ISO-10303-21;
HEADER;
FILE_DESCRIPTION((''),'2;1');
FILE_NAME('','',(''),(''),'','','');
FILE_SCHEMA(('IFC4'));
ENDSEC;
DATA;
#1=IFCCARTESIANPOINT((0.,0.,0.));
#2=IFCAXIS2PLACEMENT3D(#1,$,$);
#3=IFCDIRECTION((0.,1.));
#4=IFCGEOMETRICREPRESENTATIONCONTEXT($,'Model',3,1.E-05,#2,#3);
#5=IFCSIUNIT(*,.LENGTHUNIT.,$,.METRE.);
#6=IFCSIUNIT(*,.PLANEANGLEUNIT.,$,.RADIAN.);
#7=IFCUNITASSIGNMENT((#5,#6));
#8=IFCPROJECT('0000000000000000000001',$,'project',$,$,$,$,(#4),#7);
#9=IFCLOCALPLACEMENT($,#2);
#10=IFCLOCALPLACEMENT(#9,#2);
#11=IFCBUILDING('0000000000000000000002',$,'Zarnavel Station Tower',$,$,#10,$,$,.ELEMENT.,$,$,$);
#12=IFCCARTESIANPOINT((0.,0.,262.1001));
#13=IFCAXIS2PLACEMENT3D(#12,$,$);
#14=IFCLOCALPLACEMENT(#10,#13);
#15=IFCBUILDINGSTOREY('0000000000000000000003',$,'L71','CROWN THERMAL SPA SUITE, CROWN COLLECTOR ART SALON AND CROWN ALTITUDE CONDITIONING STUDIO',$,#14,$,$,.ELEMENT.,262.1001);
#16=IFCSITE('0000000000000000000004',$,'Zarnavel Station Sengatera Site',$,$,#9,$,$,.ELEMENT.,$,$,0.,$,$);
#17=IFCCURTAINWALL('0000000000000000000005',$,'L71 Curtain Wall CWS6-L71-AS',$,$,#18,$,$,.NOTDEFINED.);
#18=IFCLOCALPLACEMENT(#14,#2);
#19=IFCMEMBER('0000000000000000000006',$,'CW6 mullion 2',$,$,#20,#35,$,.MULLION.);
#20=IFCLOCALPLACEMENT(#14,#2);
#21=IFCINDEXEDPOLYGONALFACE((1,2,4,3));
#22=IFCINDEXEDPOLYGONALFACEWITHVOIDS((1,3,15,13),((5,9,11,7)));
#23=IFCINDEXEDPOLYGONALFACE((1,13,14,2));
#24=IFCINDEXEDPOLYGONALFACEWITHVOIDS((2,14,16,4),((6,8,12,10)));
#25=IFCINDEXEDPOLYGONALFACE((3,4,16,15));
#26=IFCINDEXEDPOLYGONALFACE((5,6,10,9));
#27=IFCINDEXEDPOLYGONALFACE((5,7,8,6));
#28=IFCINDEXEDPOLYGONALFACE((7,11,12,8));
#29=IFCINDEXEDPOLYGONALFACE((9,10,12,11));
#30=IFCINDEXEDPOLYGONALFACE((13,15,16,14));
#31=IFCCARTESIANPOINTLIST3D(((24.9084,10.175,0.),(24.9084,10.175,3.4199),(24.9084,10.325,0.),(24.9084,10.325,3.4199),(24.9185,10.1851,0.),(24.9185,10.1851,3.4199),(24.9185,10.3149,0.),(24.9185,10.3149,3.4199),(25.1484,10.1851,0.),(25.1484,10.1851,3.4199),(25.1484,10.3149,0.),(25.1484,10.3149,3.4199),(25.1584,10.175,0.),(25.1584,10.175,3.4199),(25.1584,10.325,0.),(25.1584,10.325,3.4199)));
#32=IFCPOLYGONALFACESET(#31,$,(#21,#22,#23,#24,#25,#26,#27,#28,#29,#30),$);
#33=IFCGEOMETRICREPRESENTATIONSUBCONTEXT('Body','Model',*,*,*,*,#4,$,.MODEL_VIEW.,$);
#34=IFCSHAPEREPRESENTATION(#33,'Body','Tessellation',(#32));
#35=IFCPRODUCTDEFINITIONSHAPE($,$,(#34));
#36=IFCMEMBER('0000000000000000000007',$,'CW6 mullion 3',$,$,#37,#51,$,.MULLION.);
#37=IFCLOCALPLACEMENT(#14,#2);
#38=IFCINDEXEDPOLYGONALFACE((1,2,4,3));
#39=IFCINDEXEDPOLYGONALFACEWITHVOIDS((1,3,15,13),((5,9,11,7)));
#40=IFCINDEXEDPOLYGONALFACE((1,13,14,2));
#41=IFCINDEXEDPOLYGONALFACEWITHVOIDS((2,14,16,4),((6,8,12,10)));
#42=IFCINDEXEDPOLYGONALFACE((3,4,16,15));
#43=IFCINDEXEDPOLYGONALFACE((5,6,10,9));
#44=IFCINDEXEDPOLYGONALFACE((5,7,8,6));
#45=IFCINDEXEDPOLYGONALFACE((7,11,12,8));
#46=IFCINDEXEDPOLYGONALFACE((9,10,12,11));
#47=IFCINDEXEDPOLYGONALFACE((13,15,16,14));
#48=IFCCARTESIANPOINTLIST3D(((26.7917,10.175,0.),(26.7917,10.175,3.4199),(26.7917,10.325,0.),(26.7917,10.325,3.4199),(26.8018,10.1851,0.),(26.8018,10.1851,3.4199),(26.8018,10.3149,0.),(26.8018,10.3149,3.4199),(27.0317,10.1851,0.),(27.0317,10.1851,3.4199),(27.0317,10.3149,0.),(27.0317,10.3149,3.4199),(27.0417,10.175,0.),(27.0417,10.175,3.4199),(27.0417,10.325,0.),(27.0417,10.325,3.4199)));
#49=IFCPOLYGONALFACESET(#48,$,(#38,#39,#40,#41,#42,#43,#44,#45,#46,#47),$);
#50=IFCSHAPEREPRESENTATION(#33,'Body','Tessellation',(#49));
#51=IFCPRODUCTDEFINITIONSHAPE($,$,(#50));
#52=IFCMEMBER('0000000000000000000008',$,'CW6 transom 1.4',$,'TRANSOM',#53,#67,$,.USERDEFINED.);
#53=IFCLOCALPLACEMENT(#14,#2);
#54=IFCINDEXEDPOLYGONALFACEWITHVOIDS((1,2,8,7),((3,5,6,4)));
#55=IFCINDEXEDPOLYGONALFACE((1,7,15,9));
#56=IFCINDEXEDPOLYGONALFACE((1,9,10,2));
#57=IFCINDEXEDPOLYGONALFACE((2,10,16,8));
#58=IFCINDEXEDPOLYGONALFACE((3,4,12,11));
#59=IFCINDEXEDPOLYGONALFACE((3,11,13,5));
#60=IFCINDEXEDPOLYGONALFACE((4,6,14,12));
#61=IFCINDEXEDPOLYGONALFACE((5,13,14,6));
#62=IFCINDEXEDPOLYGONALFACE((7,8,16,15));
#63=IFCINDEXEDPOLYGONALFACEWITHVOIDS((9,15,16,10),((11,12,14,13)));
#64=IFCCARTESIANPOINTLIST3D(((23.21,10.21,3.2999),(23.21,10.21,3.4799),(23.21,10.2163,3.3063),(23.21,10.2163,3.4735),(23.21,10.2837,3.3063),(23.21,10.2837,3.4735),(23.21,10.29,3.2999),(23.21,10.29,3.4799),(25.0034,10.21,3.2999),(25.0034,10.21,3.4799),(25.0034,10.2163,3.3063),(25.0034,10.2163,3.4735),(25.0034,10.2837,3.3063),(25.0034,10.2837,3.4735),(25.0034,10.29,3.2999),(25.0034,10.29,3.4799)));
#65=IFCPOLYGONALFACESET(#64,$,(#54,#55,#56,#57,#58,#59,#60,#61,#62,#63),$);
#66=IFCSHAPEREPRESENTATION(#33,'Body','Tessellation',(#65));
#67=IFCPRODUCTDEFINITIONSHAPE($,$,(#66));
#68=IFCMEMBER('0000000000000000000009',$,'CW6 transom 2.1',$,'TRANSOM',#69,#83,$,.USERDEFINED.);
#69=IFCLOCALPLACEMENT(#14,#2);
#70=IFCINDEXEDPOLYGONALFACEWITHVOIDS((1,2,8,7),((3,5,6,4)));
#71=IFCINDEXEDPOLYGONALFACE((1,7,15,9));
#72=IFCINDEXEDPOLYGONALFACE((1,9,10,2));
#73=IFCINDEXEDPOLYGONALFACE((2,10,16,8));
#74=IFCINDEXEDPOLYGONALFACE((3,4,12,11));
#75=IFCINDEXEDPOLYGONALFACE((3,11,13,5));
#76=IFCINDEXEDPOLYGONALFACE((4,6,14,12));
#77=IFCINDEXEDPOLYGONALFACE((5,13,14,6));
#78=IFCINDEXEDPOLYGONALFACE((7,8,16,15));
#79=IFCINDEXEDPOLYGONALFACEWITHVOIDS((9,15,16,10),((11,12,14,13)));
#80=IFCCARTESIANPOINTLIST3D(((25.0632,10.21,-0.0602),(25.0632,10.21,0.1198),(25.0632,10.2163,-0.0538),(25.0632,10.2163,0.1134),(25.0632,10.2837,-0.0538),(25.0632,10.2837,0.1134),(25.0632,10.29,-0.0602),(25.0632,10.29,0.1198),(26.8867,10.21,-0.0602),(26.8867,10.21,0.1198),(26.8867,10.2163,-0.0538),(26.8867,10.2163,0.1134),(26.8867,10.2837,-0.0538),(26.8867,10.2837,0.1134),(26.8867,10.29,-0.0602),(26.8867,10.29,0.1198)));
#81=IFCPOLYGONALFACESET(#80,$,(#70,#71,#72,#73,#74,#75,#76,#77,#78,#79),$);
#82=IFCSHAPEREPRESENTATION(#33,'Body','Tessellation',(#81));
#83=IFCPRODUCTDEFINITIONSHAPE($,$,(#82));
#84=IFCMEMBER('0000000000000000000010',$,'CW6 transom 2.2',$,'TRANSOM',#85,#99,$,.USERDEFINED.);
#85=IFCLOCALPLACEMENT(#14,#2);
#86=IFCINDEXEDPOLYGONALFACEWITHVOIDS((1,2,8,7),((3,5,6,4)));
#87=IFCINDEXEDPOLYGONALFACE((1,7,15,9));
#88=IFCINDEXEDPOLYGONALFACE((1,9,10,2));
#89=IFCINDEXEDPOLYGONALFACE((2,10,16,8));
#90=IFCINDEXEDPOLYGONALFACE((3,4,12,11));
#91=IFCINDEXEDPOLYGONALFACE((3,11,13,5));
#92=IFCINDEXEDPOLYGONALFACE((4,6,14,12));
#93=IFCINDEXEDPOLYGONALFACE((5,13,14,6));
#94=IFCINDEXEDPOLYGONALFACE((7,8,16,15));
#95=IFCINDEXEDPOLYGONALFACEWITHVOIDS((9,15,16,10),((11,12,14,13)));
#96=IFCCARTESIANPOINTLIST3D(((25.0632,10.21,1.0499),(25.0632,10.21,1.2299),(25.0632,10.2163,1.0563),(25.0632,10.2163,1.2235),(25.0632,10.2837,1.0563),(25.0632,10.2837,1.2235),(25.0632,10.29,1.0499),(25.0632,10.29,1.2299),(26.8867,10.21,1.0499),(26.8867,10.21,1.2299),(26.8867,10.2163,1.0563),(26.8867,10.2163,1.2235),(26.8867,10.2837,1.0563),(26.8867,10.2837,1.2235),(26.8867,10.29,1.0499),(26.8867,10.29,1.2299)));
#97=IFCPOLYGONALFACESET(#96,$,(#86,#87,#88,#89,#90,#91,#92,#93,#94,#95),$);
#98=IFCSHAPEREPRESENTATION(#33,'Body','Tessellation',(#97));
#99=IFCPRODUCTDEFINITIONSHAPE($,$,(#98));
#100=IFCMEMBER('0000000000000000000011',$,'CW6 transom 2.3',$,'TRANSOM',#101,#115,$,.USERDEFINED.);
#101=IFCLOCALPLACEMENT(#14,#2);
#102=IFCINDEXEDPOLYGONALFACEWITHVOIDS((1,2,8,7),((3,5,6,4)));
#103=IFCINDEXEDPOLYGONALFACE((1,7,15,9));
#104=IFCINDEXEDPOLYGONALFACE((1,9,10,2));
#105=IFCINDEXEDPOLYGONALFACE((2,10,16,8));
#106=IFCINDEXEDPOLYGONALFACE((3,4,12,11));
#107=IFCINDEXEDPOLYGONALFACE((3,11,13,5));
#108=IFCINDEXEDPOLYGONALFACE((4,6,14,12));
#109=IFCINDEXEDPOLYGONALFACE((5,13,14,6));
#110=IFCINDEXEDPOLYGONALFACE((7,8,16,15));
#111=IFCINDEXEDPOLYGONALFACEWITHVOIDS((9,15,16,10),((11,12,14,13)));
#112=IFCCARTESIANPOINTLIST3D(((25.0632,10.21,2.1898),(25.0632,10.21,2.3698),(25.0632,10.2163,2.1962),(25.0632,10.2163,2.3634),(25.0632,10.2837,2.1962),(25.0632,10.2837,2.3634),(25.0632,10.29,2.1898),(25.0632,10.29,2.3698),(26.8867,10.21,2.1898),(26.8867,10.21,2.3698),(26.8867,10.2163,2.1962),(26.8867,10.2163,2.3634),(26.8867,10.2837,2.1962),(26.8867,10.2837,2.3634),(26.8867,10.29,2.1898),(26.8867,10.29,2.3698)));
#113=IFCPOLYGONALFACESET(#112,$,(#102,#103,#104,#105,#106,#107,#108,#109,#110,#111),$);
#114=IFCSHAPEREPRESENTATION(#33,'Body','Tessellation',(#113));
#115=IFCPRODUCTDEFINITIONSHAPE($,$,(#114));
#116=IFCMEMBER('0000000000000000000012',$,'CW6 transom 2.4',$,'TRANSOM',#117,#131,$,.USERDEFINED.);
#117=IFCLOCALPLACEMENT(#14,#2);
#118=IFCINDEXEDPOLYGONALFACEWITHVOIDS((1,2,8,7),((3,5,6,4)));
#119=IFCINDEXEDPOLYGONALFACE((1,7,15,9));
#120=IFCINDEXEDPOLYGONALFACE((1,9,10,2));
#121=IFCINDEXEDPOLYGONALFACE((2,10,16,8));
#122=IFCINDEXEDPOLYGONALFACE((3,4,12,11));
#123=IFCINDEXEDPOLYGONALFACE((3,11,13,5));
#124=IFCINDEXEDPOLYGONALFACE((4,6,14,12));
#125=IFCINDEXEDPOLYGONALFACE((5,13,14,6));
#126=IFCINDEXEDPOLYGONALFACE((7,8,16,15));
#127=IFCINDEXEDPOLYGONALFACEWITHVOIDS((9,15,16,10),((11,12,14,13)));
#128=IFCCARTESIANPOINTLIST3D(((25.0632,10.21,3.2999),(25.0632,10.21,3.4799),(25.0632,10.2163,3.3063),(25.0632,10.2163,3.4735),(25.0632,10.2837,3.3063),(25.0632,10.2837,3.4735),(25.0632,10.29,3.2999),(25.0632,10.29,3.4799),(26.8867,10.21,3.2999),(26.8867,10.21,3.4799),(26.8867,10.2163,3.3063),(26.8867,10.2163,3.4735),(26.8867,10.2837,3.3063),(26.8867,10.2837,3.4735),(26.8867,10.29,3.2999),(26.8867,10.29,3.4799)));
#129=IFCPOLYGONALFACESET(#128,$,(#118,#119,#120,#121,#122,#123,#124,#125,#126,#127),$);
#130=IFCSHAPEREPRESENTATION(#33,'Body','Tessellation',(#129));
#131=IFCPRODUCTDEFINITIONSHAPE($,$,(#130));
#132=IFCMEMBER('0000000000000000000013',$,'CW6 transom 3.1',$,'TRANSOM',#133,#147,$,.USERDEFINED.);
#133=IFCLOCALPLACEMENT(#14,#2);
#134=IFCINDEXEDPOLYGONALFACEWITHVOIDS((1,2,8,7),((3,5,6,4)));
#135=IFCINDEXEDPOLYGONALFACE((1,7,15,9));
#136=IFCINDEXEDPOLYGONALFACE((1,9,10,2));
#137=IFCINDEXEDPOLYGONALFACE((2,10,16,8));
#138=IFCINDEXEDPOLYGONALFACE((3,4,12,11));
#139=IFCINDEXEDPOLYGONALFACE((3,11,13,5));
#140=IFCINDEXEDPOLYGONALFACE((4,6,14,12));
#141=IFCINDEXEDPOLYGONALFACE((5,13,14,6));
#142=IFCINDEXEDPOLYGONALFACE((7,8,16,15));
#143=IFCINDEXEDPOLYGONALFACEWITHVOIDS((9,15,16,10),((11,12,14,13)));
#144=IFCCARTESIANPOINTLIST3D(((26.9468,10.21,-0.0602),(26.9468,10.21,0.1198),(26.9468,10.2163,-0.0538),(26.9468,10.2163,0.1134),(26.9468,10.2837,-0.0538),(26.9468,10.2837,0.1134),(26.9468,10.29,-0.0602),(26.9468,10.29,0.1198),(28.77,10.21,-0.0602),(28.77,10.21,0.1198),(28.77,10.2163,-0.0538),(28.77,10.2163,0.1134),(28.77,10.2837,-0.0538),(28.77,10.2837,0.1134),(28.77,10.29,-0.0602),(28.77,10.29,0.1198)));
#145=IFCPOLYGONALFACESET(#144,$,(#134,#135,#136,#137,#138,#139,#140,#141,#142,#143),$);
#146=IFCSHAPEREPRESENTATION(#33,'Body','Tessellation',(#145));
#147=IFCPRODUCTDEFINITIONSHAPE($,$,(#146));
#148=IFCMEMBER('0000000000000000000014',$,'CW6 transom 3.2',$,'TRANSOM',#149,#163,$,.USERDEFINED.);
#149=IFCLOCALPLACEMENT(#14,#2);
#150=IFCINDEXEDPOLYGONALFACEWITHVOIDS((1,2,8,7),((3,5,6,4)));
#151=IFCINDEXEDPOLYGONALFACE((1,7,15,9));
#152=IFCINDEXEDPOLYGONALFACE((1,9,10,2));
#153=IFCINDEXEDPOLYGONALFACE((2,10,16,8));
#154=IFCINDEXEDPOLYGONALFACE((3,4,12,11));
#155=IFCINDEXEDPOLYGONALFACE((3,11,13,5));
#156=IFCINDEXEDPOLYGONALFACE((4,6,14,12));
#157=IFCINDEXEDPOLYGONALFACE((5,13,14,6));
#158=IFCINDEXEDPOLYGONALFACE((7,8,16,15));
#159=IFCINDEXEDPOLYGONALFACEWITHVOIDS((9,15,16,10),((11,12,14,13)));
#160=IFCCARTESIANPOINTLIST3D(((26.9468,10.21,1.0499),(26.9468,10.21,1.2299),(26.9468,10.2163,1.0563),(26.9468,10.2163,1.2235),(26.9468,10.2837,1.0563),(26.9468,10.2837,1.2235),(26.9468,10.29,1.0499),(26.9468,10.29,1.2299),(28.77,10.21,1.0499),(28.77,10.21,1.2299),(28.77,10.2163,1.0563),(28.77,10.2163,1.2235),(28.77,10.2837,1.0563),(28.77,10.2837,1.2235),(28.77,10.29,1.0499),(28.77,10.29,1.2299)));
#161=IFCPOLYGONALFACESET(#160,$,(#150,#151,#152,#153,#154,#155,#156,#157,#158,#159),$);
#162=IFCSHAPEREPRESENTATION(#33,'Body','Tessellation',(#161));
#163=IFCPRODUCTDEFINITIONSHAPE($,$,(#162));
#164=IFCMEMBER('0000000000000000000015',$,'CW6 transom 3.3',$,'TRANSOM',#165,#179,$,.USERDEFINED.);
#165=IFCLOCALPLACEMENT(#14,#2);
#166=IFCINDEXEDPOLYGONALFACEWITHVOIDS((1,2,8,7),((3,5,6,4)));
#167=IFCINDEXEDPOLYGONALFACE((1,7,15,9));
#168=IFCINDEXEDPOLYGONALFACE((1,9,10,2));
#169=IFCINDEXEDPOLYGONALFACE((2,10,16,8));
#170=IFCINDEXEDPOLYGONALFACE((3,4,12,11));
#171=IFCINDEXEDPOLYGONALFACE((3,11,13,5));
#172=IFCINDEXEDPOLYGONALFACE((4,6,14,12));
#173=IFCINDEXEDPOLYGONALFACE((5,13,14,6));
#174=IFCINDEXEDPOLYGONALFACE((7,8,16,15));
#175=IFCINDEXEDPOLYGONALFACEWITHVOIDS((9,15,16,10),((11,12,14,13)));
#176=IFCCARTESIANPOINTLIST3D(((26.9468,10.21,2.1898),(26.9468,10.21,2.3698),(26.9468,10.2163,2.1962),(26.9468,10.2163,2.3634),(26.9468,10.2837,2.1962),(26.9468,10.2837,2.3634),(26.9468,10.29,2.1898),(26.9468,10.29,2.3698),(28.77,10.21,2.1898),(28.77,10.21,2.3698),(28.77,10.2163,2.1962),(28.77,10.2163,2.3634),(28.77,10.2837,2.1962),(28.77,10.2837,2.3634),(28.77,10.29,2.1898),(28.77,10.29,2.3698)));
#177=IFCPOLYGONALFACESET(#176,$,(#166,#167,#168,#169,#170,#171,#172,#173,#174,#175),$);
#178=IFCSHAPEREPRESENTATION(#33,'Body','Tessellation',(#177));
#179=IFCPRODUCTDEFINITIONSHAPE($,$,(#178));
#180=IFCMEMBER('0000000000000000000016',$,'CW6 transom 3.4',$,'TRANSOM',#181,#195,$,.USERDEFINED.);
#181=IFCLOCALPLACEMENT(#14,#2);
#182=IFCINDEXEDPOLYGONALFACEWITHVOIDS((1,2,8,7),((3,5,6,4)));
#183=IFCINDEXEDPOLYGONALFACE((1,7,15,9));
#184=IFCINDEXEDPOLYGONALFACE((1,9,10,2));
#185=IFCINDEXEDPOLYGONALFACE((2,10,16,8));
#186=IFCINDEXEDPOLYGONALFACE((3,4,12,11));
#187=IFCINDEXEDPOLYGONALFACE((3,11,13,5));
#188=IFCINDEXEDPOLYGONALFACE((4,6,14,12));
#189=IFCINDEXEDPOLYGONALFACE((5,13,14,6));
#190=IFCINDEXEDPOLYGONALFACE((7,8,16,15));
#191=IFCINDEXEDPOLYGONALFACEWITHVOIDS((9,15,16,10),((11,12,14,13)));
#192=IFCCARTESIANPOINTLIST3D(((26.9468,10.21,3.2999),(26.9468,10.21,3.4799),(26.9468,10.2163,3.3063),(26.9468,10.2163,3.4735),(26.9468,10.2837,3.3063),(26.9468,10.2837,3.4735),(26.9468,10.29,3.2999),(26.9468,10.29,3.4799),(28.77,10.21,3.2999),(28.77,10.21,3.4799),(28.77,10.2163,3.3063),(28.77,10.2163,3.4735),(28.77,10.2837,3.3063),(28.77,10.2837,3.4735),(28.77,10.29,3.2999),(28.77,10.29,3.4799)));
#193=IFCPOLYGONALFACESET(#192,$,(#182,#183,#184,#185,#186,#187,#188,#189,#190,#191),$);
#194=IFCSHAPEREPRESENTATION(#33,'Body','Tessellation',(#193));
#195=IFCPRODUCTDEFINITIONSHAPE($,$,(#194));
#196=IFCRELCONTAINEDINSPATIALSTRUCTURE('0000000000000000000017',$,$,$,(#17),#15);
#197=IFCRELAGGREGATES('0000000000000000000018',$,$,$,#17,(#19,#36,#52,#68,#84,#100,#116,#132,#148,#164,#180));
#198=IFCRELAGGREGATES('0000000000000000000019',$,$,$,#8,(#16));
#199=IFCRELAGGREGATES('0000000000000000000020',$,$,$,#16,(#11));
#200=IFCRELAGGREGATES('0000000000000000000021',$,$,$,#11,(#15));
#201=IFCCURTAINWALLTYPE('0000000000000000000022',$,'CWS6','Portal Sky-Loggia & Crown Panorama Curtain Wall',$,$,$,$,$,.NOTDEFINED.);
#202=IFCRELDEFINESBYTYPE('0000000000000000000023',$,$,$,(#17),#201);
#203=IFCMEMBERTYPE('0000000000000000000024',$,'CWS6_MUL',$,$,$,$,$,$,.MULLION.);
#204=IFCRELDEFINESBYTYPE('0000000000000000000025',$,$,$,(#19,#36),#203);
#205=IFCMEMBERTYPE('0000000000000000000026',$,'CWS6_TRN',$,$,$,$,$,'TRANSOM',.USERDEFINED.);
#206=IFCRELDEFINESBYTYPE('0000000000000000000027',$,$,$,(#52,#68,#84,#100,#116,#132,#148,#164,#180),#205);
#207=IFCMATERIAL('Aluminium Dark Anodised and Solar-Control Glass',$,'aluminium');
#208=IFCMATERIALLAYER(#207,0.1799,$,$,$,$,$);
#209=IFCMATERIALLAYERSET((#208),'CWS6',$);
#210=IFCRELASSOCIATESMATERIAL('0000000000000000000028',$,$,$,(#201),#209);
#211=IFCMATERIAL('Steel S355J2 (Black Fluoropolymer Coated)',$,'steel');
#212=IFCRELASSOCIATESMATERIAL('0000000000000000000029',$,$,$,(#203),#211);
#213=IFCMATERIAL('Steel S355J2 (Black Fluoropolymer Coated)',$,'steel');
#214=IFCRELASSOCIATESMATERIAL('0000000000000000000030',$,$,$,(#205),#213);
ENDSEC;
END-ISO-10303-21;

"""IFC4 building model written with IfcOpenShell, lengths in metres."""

from ifc_helpers import new_model, si_unit, direction, frame, origin, origin_2d, place, context, subcontext, project, spatial, hollow_rectangle, extrude, material, layer, layer_set, material_profile, profile_set, type_object, element, aggregate, save


model = new_model("IFC4")

# Units and contexts
model_context = context("Model", 3, precision=1e-05, world=origin(), true_north=direction((0.0, 1.0)))
body_context = subcontext(model_context, "Body", "Model", "MODEL_VIEW")
ifc_project = project(units=[si_unit("LENGTHUNIT", "METRE"), si_unit("PLANEANGLEUNIT", "RADIAN")], contexts=[model_context])

# Site, building, storey
site_placement = place(None, origin())
site = spatial("IfcSite", under=ifc_project, at=site_placement, Name="Zarnavel Station Sengatera Site", CompositionType="ELEMENT", RefElevation=0.0)
building_placement = place(site_placement, origin())
building = spatial("IfcBuilding", under=site, at=building_placement, Name="Zarnavel Station Tower", CompositionType="ELEMENT")
storey_placement = place(building_placement, frame((0.0, 0.0, 262.1001)))
storey = spatial("IfcBuildingStorey", under=building, at=storey_placement, Name="L71", Description="CROWN THERMAL SPA SUITE, CROWN COLLECTOR ART SALON AND CROWN ALTITUDE CONDITIONING STUDIO", CompositionType="ELEMENT", Elevation=262.1001)

# Curtain wall, members
ifc_material_1 = material(Name="Aluminium Dark Anodised and Solar-Control Glass", Category="aluminium")
ifc_layer_1 = layer(ifc_material_1, 0.1799)
ifc_layer_set_1 = layer_set([ifc_layer_1], Name="CWS6")
curtain_wall_type = type_object("IfcCurtainWallType", Name="CWS6", Description="Portal Sky-Loggia & Crown Panorama Curtain Wall", PredefinedType="NOTDEFINED", material=ifc_layer_set_1)
curtain_wall_placement = place(storey_placement, origin())
curtain_wall = element("IfcCurtainWall", 1, at=curtain_wall_placement, inside=storey, type_object=curtain_wall_type, Name="L71 Curtain Wall CWS6-L71-AS", PredefinedType="NOTDEFINED")
ifc_material_2 = material(Name="Steel S355J2 (Black Fluoropolymer Coated)", Category="steel")
ifc_material_profile_1 = material_profile(ifc_material_2, hollow_rectangle(XDim=0.1499, YDim=0.25, WallThickness=0.01, at=origin_2d()), Name="RHS250x150x10")
ifc_profile_set_1 = profile_set([ifc_material_profile_1], Name="Steel S355J2 (Black Fluoropolymer Coated)")
member_type_1 = type_object("IfcMemberType", Name="CWS6_MUL", PredefinedType="MULLION", material=ifc_profile_set_1)
member_1_placement = place(storey_placement, frame((25.0334, 10.25, 0.0), z_axis=(0.0, 0.0, 1.0), x_axis=(0.0, 1.0, 0.0)))
member_1 = element("IfcMember", 2, at=member_1_placement, type_object=member_type_1, Name="CW6 mullion 2", PredefinedType="MULLION", context=body_context, shape_type="SweptSolid", body=[
    extrude(hollow_rectangle(XDim=0.1499, YDim=0.25, WallThickness=0.01, at=origin_2d()), origin(), (0.0, 0.0, 1.0), 3.4199),
])
member_2_placement = place(storey_placement, frame((26.9167, 10.25, 0.0), z_axis=(0.0, 0.0, 1.0), x_axis=(0.0, 1.0, 0.0)))
member_2 = element("IfcMember", 3, at=member_2_placement, type_object=member_type_1, Name="CW6 mullion 3", PredefinedType="MULLION", context=body_context, shape_type="SweptSolid", body=[
    extrude(hollow_rectangle(XDim=0.1499, YDim=0.25, WallThickness=0.01, at=origin_2d()), origin(), (0.0, 0.0, 1.0), 3.4199),
])
ifc_material_3 = material(Name="Steel S355J2 (Black Fluoropolymer Coated)", Category="steel")
ifc_material_profile_2 = material_profile(ifc_material_3, hollow_rectangle(XDim=0.0801, YDim=0.1799, WallThickness=0.0063, at=origin_2d()), Name="RHS180x80x6.3")
ifc_profile_set_2 = profile_set([ifc_material_profile_2], Name="Steel S355J2 (Black Fluoropolymer Coated)")
member_type_2 = type_object("IfcMemberType", Name="CWS6_TRN", ElementType="TRANSOM", PredefinedType="USERDEFINED", material=ifc_profile_set_2)
member_3_placement = place(storey_placement, frame((23.21, 10.25, 3.3899), z_axis=(1.0, 0.0, 0.0), x_axis=(0.0, 1.0, 0.0)))
member_3 = element("IfcMember", 4, at=member_3_placement, type_object=member_type_2, Name="CW6 transom 1.4", ObjectType="TRANSOM", PredefinedType="USERDEFINED", context=body_context, shape_type="SweptSolid", body=[
    extrude(hollow_rectangle(XDim=0.0801, YDim=0.1799, WallThickness=0.0063, at=origin_2d()), origin(), (0.0, 0.0, 1.0), 1.7935),
])
member_4_placement = place(storey_placement, frame((25.0632, 10.25, 0.0298), z_axis=(1.0, 0.0, 0.0), x_axis=(0.0, 1.0, 0.0)))
member_4 = element("IfcMember", 5, at=member_4_placement, type_object=member_type_2, Name="CW6 transom 2.1", ObjectType="TRANSOM", PredefinedType="USERDEFINED", context=body_context, shape_type="SweptSolid", body=[
    extrude(hollow_rectangle(XDim=0.0801, YDim=0.1799, WallThickness=0.0063, at=origin_2d()), origin(), (0.0, 0.0, 1.0), 1.8235),
])
member_5_placement = place(storey_placement, frame((25.0632, 10.25, 1.1399), z_axis=(1.0, 0.0, 0.0), x_axis=(0.0, 1.0, 0.0)))
member_5 = element("IfcMember", 6, at=member_5_placement, type_object=member_type_2, Name="CW6 transom 2.2", ObjectType="TRANSOM", PredefinedType="USERDEFINED", context=body_context, shape_type="SweptSolid", body=[
    extrude(hollow_rectangle(XDim=0.0801, YDim=0.1799, WallThickness=0.0063, at=origin_2d()), origin(), (0.0, 0.0, 1.0), 1.8235),
])
member_6_placement = place(storey_placement, frame((25.0632, 10.25, 2.2798), z_axis=(1.0, 0.0, 0.0), x_axis=(0.0, 1.0, 0.0)))
member_6 = element("IfcMember", 7, at=member_6_placement, type_object=member_type_2, Name="CW6 transom 2.3", ObjectType="TRANSOM", PredefinedType="USERDEFINED", context=body_context, shape_type="SweptSolid", body=[
    extrude(hollow_rectangle(XDim=0.0801, YDim=0.1799, WallThickness=0.0063, at=origin_2d()), origin(), (0.0, 0.0, 1.0), 1.8235),
])
member_7_placement = place(storey_placement, frame((25.0632, 10.25, 3.3899), z_axis=(1.0, 0.0, 0.0), x_axis=(0.0, 1.0, 0.0)))
member_7 = element("IfcMember", 8, at=member_7_placement, type_object=member_type_2, Name="CW6 transom 2.4", ObjectType="TRANSOM", PredefinedType="USERDEFINED", context=body_context, shape_type="SweptSolid", body=[
    extrude(hollow_rectangle(XDim=0.0801, YDim=0.1799, WallThickness=0.0063, at=origin_2d()), origin(), (0.0, 0.0, 1.0), 1.8235),
])
member_8_placement = place(storey_placement, frame((26.9468, 10.25, 0.0298), z_axis=(1.0, 0.0, 0.0), x_axis=(0.0, 1.0, 0.0)))
member_8 = element("IfcMember", 9, at=member_8_placement, type_object=member_type_2, Name="CW6 transom 3.1", ObjectType="TRANSOM", PredefinedType="USERDEFINED", context=body_context, shape_type="SweptSolid", body=[
    extrude(hollow_rectangle(XDim=0.0801, YDim=0.1799, WallThickness=0.0063, at=origin_2d()), origin(), (0.0, 0.0, 1.0), 1.8232),
])
member_9_placement = place(storey_placement, frame((26.9468, 10.25, 1.1399), z_axis=(1.0, 0.0, 0.0), x_axis=(0.0, 1.0, 0.0)))
member_9 = element("IfcMember", 10, at=member_9_placement, type_object=member_type_2, Name="CW6 transom 3.2", ObjectType="TRANSOM", PredefinedType="USERDEFINED", context=body_context, shape_type="SweptSolid", body=[
    extrude(hollow_rectangle(XDim=0.0801, YDim=0.1799, WallThickness=0.0063, at=origin_2d()), origin(), (0.0, 0.0, 1.0), 1.8232),
])
member_10_placement = place(storey_placement, frame((26.9468, 10.25, 2.2798), z_axis=(1.0, 0.0, 0.0), x_axis=(0.0, 1.0, 0.0)))
member_10 = element("IfcMember", 11, at=member_10_placement, type_object=member_type_2, Name="CW6 transom 3.3", ObjectType="TRANSOM", PredefinedType="USERDEFINED", context=body_context, shape_type="SweptSolid", body=[
    extrude(hollow_rectangle(XDim=0.0801, YDim=0.1799, WallThickness=0.0063, at=origin_2d()), origin(), (0.0, 0.0, 1.0), 1.8232),
])
member_11_placement = place(storey_placement, frame((26.9468, 10.25, 3.3899), z_axis=(1.0, 0.0, 0.0), x_axis=(0.0, 1.0, 0.0)))
member_11 = element("IfcMember", 12, at=member_11_placement, type_object=member_type_2, Name="CW6 transom 3.4", ObjectType="TRANSOM", PredefinedType="USERDEFINED", context=body_context, shape_type="SweptSolid", body=[
    extrude(hollow_rectangle(XDim=0.0801, YDim=0.1799, WallThickness=0.0063, at=origin_2d()), origin(), (0.0, 0.0, 1.0), 1.8232),
])
aggregate(curtain_wall, [member_1, member_2, member_3, member_4, member_5, member_6, member_7, member_8, member_9, member_10, member_11])

save(model, "model.ifc")
